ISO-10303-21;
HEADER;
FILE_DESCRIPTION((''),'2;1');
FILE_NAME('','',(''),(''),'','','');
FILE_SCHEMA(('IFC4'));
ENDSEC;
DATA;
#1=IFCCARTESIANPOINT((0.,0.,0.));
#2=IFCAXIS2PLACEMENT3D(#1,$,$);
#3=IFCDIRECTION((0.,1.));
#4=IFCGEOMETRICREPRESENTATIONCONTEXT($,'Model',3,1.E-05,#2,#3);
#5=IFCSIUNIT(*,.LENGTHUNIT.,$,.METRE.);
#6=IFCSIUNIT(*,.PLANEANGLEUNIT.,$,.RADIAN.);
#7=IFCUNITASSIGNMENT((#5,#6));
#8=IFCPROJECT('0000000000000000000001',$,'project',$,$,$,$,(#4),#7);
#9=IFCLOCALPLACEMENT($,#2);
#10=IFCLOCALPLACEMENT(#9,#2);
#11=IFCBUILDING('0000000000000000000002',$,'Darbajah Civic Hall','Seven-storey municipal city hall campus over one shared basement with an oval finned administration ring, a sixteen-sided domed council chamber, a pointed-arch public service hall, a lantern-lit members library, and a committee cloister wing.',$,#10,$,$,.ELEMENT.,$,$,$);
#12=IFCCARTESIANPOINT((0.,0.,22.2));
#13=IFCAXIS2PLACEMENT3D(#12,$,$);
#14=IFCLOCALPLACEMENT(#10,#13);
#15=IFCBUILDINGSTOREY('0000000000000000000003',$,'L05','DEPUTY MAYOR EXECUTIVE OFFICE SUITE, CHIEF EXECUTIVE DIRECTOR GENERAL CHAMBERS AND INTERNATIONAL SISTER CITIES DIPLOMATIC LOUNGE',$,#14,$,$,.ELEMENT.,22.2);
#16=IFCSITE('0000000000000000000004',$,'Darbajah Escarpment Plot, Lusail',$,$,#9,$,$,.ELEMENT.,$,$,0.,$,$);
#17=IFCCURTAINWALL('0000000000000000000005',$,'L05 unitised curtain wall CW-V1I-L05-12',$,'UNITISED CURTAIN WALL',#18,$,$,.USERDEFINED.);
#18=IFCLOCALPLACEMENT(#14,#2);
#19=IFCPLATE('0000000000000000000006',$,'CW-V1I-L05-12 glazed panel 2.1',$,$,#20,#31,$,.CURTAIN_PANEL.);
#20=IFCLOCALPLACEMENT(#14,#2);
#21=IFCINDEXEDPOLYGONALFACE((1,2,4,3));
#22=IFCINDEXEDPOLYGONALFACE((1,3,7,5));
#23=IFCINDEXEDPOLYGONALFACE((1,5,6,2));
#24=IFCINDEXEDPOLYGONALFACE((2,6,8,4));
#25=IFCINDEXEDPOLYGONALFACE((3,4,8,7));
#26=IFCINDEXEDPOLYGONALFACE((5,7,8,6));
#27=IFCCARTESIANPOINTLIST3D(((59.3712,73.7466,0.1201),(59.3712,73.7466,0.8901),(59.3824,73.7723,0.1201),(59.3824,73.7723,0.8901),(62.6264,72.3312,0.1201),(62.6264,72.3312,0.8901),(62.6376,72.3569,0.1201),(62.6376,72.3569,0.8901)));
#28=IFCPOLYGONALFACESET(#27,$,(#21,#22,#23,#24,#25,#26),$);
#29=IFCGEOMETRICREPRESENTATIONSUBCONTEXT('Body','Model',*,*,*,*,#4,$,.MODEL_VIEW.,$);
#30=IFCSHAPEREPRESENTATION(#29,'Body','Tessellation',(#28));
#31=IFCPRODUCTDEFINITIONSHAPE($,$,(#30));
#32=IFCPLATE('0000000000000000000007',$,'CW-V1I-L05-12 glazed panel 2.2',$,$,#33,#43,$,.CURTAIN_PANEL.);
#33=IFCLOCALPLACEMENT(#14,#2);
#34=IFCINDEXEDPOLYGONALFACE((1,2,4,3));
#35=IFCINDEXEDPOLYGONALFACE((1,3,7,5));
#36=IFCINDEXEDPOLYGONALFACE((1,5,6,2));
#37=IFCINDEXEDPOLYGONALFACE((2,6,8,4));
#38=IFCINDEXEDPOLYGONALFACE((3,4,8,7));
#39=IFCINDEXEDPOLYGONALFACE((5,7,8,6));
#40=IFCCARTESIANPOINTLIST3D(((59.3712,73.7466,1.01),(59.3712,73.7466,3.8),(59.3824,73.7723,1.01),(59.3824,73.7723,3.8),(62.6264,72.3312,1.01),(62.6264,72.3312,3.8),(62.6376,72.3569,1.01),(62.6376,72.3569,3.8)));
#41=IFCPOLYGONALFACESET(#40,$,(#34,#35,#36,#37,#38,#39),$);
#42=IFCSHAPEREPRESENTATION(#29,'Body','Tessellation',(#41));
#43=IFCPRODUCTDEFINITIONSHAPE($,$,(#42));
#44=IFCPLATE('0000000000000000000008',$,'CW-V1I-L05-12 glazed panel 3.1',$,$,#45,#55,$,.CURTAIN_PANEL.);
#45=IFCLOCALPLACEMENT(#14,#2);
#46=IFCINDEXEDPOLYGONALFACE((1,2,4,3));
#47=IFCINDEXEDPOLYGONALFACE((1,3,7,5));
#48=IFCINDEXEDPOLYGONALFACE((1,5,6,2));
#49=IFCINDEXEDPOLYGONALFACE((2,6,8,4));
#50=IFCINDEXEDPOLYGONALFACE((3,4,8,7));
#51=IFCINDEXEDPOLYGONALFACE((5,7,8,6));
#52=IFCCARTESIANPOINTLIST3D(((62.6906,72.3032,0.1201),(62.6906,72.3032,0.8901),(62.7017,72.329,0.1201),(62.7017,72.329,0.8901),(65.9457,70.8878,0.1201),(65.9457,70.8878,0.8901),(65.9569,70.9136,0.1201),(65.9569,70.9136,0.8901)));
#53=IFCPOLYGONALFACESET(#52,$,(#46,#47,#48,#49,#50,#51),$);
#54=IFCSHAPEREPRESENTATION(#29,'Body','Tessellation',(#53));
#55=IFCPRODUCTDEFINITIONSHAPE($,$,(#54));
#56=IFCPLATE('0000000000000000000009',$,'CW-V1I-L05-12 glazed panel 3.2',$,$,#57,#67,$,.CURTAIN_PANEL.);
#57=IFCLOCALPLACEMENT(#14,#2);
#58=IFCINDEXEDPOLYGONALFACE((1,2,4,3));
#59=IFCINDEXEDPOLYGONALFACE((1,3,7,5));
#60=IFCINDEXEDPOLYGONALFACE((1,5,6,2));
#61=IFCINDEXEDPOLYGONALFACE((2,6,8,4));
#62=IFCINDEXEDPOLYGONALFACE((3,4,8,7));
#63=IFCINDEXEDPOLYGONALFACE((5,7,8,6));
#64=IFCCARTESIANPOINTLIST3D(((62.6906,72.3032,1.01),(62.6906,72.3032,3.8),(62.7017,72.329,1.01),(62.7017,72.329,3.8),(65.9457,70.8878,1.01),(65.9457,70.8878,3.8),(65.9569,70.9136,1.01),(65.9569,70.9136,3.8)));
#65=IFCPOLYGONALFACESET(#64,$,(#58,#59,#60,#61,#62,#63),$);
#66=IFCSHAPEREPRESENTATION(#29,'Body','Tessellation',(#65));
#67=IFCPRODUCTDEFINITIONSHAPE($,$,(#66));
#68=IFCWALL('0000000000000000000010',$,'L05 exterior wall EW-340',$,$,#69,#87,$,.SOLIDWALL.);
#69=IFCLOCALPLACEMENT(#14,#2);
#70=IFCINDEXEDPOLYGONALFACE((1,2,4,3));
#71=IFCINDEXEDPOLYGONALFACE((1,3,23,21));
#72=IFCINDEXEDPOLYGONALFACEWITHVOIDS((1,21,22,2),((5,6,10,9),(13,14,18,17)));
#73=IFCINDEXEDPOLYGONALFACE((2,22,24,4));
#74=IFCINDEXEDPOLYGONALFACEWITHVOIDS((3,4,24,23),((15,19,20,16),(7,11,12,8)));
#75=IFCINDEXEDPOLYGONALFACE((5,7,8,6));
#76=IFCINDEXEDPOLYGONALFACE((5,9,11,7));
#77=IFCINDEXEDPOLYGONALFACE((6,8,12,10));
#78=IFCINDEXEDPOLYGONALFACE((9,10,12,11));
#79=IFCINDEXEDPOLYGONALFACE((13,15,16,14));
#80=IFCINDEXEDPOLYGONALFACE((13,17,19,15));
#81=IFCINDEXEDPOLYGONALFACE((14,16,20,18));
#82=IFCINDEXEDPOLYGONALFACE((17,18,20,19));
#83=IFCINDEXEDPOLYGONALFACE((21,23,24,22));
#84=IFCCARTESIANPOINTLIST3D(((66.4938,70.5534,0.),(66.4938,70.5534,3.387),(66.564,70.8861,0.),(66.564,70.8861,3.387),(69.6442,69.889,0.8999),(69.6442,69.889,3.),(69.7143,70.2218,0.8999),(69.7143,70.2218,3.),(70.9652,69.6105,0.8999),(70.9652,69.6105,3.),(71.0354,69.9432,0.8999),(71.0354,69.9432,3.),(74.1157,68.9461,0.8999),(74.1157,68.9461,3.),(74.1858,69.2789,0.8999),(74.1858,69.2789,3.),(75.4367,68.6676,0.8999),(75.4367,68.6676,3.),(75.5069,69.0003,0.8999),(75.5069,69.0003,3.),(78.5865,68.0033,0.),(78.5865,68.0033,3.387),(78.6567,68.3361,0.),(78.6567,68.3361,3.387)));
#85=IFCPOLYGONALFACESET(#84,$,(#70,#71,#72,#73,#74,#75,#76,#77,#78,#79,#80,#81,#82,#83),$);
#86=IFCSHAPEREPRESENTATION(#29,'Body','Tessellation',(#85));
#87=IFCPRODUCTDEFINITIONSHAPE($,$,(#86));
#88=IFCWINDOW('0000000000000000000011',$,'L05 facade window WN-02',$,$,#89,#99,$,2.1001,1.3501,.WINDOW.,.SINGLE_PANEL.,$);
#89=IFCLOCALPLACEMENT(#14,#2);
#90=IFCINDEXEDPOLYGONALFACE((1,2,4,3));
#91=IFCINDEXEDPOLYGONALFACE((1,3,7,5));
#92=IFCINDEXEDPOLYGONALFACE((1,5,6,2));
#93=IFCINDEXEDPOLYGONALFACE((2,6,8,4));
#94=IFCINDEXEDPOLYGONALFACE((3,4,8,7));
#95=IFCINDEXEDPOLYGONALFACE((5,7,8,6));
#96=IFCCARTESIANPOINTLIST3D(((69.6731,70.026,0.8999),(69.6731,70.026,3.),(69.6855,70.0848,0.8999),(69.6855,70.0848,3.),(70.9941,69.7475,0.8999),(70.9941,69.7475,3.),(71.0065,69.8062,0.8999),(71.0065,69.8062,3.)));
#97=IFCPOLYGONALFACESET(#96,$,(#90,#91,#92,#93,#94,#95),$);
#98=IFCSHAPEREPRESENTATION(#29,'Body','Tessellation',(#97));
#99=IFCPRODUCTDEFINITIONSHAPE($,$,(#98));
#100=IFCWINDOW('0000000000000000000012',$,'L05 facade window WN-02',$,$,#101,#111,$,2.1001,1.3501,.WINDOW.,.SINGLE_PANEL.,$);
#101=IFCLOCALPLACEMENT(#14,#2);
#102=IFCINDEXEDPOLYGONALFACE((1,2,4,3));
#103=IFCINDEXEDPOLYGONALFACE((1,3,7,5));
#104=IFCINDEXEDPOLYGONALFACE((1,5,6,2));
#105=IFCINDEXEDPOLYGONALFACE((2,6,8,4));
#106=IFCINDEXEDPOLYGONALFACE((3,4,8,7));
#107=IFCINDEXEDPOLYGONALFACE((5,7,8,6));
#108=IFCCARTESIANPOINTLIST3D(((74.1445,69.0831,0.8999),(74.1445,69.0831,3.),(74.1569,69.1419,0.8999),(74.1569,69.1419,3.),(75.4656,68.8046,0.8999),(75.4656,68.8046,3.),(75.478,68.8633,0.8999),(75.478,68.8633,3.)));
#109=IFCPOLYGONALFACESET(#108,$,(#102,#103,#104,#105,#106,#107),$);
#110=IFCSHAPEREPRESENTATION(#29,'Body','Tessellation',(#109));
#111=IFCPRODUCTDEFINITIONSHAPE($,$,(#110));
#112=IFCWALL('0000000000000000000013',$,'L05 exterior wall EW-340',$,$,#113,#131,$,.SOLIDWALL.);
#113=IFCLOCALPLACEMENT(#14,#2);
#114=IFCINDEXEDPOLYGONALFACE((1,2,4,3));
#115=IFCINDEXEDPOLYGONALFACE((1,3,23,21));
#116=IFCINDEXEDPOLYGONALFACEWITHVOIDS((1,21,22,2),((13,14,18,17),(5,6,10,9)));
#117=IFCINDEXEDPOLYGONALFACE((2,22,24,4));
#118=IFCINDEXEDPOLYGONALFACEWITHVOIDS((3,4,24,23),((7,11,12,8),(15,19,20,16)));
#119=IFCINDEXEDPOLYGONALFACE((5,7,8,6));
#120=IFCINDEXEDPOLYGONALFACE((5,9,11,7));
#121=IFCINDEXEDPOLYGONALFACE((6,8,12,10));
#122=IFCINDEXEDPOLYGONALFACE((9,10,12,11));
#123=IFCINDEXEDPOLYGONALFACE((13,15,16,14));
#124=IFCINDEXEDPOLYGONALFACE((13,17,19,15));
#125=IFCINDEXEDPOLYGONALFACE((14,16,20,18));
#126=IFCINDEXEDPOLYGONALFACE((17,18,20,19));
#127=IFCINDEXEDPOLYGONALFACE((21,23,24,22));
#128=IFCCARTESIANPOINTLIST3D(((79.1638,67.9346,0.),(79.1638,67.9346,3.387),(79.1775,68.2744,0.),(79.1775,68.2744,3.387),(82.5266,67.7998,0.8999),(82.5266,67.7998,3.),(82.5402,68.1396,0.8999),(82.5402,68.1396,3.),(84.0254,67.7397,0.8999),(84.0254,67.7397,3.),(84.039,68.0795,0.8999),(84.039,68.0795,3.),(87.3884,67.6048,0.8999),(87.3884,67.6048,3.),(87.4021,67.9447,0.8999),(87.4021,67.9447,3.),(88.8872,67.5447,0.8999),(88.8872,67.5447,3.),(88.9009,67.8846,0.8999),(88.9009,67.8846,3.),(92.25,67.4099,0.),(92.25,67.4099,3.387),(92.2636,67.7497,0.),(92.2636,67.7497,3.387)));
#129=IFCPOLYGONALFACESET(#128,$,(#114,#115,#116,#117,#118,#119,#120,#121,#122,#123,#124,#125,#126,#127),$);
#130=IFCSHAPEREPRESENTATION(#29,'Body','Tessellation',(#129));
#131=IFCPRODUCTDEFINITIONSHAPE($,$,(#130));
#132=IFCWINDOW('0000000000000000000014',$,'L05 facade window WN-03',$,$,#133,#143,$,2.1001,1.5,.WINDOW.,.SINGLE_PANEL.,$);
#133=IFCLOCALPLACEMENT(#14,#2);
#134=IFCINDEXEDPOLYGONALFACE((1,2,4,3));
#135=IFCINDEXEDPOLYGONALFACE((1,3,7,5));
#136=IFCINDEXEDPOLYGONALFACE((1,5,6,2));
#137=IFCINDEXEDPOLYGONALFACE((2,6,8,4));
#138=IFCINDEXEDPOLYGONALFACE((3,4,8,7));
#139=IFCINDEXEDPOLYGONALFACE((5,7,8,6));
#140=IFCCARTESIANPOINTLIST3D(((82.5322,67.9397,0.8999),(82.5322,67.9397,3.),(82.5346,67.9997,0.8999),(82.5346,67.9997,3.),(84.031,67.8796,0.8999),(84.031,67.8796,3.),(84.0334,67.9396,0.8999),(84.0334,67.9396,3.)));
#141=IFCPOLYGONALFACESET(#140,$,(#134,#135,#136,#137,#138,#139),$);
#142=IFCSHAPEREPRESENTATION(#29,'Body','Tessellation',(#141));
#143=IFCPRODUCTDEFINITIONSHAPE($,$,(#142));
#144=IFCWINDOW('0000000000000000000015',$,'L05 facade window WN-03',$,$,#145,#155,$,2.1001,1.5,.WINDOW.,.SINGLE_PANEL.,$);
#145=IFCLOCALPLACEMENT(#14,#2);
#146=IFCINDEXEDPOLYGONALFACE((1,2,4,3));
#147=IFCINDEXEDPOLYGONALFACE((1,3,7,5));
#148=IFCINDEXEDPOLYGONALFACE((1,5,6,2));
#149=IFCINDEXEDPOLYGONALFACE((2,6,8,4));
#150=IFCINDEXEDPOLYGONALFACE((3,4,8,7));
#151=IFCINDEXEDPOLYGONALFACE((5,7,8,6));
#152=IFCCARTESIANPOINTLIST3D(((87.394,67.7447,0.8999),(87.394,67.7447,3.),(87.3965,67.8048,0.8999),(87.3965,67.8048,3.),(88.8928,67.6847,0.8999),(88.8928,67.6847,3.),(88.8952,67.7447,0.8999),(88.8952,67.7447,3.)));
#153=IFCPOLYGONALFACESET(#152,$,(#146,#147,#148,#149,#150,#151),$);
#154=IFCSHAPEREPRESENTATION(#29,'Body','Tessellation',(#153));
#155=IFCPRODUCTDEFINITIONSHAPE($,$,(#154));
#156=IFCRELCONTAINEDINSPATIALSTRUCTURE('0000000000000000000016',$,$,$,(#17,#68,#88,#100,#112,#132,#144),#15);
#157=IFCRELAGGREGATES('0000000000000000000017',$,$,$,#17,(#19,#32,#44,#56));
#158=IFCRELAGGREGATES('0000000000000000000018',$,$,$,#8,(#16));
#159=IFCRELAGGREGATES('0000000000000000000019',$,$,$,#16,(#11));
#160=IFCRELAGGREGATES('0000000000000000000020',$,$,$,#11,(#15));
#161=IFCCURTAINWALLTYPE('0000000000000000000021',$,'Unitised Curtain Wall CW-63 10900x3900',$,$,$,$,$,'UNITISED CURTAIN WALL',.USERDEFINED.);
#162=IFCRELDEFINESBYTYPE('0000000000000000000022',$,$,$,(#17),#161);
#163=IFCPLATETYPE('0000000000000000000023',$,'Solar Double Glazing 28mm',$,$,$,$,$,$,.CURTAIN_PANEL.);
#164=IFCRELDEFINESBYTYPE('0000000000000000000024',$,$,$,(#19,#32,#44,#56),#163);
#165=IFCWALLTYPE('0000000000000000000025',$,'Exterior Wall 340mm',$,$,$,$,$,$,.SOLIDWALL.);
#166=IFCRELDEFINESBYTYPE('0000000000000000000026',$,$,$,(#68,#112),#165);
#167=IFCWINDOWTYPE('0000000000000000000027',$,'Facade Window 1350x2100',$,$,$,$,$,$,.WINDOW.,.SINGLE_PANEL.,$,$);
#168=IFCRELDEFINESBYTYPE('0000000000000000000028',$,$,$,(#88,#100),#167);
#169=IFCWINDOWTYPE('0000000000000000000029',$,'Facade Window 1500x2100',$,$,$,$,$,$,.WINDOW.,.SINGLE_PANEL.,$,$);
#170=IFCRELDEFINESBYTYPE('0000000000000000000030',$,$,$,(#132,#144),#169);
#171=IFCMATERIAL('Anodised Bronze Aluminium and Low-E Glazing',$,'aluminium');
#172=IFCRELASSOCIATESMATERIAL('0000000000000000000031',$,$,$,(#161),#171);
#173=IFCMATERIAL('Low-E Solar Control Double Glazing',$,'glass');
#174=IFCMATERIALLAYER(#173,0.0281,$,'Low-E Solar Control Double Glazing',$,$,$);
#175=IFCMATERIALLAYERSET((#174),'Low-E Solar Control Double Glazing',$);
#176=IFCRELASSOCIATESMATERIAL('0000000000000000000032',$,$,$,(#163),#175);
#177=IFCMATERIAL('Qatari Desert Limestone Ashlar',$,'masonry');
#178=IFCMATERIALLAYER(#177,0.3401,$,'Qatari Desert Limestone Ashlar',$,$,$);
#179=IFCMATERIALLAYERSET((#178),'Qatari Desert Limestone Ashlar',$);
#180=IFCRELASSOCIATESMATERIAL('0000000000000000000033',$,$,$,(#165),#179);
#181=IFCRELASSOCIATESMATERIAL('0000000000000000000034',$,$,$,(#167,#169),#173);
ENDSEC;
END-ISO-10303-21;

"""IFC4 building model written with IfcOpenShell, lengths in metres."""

from ifc_helpers import new_model, si_unit, direction, frame, frame_2d, origin, origin_2d, place, context, subcontext, project, spatial, rectangle, extrude, material, layer, layer_set, type_object, element, fill, aggregate, save


model = new_model("IFC4")

# Units and contexts
model_context = context("Model", 3, precision=1e-05, world=origin(), true_north=direction((0.0, 1.0)))
body_context = subcontext(model_context, "Body", "Model", "MODEL_VIEW")
ifc_project = project(units=[si_unit("LENGTHUNIT", "METRE"), si_unit("PLANEANGLEUNIT", "RADIAN")], contexts=[model_context])

# Site, building, storey
site_placement = place(None, origin())
site = spatial("IfcSite", under=ifc_project, at=site_placement, Name="Darbajah Escarpment Plot, Lusail", CompositionType="ELEMENT", RefElevation=0.0)
building_placement = place(site_placement, origin())
building = spatial("IfcBuilding", under=site, at=building_placement, Name="Darbajah Civic Hall", Description="Seven-storey municipal city hall campus over one shared basement with an oval finned administration ring, a sixteen-sided domed council chamber, a pointed-arch public service hall, a lantern-lit members library, and a committee cloister wing.", CompositionType="ELEMENT")
storey_placement = place(building_placement, frame((0.0, 0.0, 22.2)))
storey = spatial("IfcBuildingStorey", under=building, at=storey_placement, Name="L05", Description="DEPUTY MAYOR EXECUTIVE OFFICE SUITE, CHIEF EXECUTIVE DIRECTOR GENERAL CHAMBERS AND INTERNATIONAL SISTER CITIES DIPLOMATIC LOUNGE", CompositionType="ELEMENT", Elevation=22.2)

# Curtain wall
ifc_material_1 = material(Name="Anodised Bronze Aluminium and Low-E Glazing", Category="aluminium")
curtain_wall_type = type_object("IfcCurtainWallType", Name="Unitised Curtain Wall CW-63 10900x3900", ElementType="UNITISED CURTAIN WALL", PredefinedType="USERDEFINED", material=ifc_material_1)
curtain_wall_placement = place(storey_placement, origin())
curtain_wall = element("IfcCurtainWall", 1, at=curtain_wall_placement, inside=storey, type_object=curtain_wall_type, Name="L05 unitised curtain wall CW-V1I-L05-12", ObjectType="UNITISED CURTAIN WALL", PredefinedType="USERDEFINED")

# Plates
ifc_material_2 = material(Name="Low-E Solar Control Double Glazing", Category="glass")
ifc_layer_1 = layer(ifc_material_2, 0.0281, Name="Low-E Solar Control Double Glazing")
ifc_layer_set_1 = layer_set([ifc_layer_1], Name="Low-E Solar Control Double Glazing")
plate_type = type_object("IfcPlateType", Name="Solar Double Glazing 28mm", PredefinedType="CURTAIN_PANEL", material=ifc_layer_set_1)
plate_1_placement = place(storey_placement, frame((61.0044, 73.0518, 0.1201), z_axis=(0.0, 0.0, 1.0), x_axis=(0.91706, -0.398749, 0.0)))
plate_1 = element("IfcPlate", 2, at=plate_1_placement, type_object=plate_type, Name="CW-V1I-L05-12 glazed panel 2.1", PredefinedType="CURTAIN_PANEL", context=body_context, shape_type="SweptSolid", body=[
    extrude(rectangle(XDim=3.5496, YDim=0.0281, at=origin_2d()), origin(), (0.0, 0.0, 1.0), 0.77),
])
plate_2_placement = place(storey_placement, frame((61.0044, 73.0518, 1.01), z_axis=(0.0, 0.0, 1.0), x_axis=(0.91706, -0.398749, 0.0)))
plate_2 = element("IfcPlate", 3, at=plate_2_placement, type_object=plate_type, Name="CW-V1I-L05-12 glazed panel 2.2", PredefinedType="CURTAIN_PANEL", context=body_context, shape_type="SweptSolid", body=[
    extrude(rectangle(XDim=3.5496, YDim=0.0281, at=origin_2d()), origin(), (0.0, 0.0, 1.0), 2.79),
])
plate_3_placement = place(storey_placement, frame((64.3237, 71.6084, 0.1201), z_axis=(0.0, 0.0, 1.0), x_axis=(0.91706, -0.398749, 0.0)))
plate_3 = element("IfcPlate", 4, at=plate_3_placement, type_object=plate_type, Name="CW-V1I-L05-12 glazed panel 3.1", PredefinedType="CURTAIN_PANEL", context=body_context, shape_type="SweptSolid", body=[
    extrude(rectangle(XDim=3.5496, YDim=0.0281, at=origin_2d()), origin(), (0.0, 0.0, 1.0), 0.77),
])
plate_4_placement = place(storey_placement, frame((64.3237, 71.6084, 1.01), z_axis=(0.0, 0.0, 1.0), x_axis=(0.91706, -0.398749, 0.0)))
plate_4 = element("IfcPlate", 5, at=plate_4_placement, type_object=plate_type, Name="CW-V1I-L05-12 glazed panel 3.2", PredefinedType="CURTAIN_PANEL", context=body_context, shape_type="SweptSolid", body=[
    extrude(rectangle(XDim=3.5496, YDim=0.0281, at=origin_2d()), origin(), (0.0, 0.0, 1.0), 2.79),
])
aggregate(curtain_wall, [plate_1, plate_2, plate_3, plate_4])

# Walls, openings, windows
ifc_material_3 = material(Name="Qatari Desert Limestone Ashlar", Category="masonry")
ifc_layer_2 = layer(ifc_material_3, 0.3401, Name="Qatari Desert Limestone Ashlar")
ifc_layer_set_2 = layer_set([ifc_layer_2], Name="Qatari Desert Limestone Ashlar")
wall_type = type_object("IfcWallType", Name="Exterior Wall 340mm", PredefinedType="SOLIDWALL", material=ifc_layer_set_2)
wall_1_placement = place(storey_placement, frame((66.5291, 70.7197, 0.0), z_axis=(0.0, 0.0, 1.0), x_axis=(0.978481, -0.206336, 0.0)))
wall_1 = element("IfcWall", 6, at=wall_1_placement, inside=storey, type_object=wall_type, Name="L05 exterior wall EW-340", PredefinedType="SOLIDWALL", context=body_context, shape_type="SweptSolid", body=[
    extrude(rectangle(XDim=12.3586, YDim=0.3401, at=frame_2d((6.1792, 0.0))), origin(), (0.0, 0.0, 1.0), 3.387),
])
opening_1_placement = place(wall_1_placement, frame((3.2195, 0.0, 0.8999)))
opening_1 = element("IfcOpeningElement", 7, at=opening_1_placement, cuts=wall_1, PredefinedType="OPENING", context=body_context, shape_type="SweptSolid", body=[
    extrude(rectangle(XDim=1.3501, YDim=2.1001, at=frame_2d((0.675, 1.05))), frame((0.0, 0.1799, 0.0), z_axis=(0.0, -1.0, 0.0), x_axis=(1.0, 0.0, 0.0)), (0.0, 0.0, 1.0), 0.3601),
])
opening_2_placement = place(wall_1_placement, frame((7.7893, 0.0, 0.8999)))
opening_2 = element("IfcOpeningElement", 8, at=opening_2_placement, cuts=wall_1, PredefinedType="OPENING", context=body_context, shape_type="SweptSolid", body=[
    extrude(rectangle(XDim=1.3501, YDim=2.1001, at=frame_2d((0.675, 1.05))), frame((0.0, 0.1799, 0.0), z_axis=(0.0, -1.0, 0.0), x_axis=(1.0, 0.0, 0.0)), (0.0, 0.0, 1.0), 0.3601),
])
window_type_1 = type_object("IfcWindowType", Name="Facade Window 1350x2100", PartitioningType="SINGLE_PANEL", PredefinedType="WINDOW", material=ifc_material_2)
window_1_placement = place(opening_1_placement, origin())
window_1 = element("IfcWindow", 9, at=window_1_placement, inside=storey, type_object=window_type_1, Name="L05 facade window WN-02", OverallHeight=2.1001, OverallWidth=1.3501, PartitioningType="SINGLE_PANEL", PredefinedType="WINDOW", context=body_context, shape_type="SweptSolid", body=[
    extrude(rectangle(XDim=1.3501, YDim=2.1001, at=frame_2d((0.675, 1.05))), frame((0.0, 0.03, 0.0), z_axis=(0.0, -1.0, 0.0), x_axis=(1.0, 0.0, 0.0)), (0.0, 0.0, 1.0), 0.0601),
])
fill(opening_1, window_1)
window_2_placement = place(opening_2_placement, origin())
window_2 = element("IfcWindow", 10, at=window_2_placement, inside=storey, type_object=window_type_1, Name="L05 facade window WN-02", OverallHeight=2.1001, OverallWidth=1.3501, PartitioningType="SINGLE_PANEL", PredefinedType="WINDOW", context=body_context, shape_type="SweptSolid", body=[
    extrude(rectangle(XDim=1.3501, YDim=2.1001, at=frame_2d((0.675, 1.05))), frame((0.0, 0.03, 0.0), z_axis=(0.0, -1.0, 0.0), x_axis=(1.0, 0.0, 0.0)), (0.0, 0.0, 1.0), 0.0601),
])
fill(opening_2, window_2)
wall_2_placement = place(storey_placement, frame((79.1707, 68.1045, 0.0), z_axis=(0.0, 0.0, 1.0), x_axis=(0.999197, -0.04006, 0.0)))
wall_2 = element("IfcWall", 11, at=wall_2_placement, inside=storey, type_object=wall_type, Name="L05 exterior wall EW-340", PredefinedType="SOLIDWALL", context=body_context, shape_type="SweptSolid", body=[
    extrude(rectangle(XDim=13.0967, YDim=0.3401, at=frame_2d((6.5483, 0.0))), origin(), (0.0, 0.0, 1.0), 3.387),
])
opening_3_placement = place(wall_2_placement, frame((3.3655, 0.0, 0.8999)))
opening_3 = element("IfcOpeningElement", 12, at=opening_3_placement, cuts=wall_2, PredefinedType="OPENING", context=body_context, shape_type="SweptSolid", body=[
    extrude(rectangle(XDim=1.5, YDim=2.1001, at=frame_2d((0.75, 1.05))), frame((0.0, 0.1799, 0.0), z_axis=(0.0, -1.0, 0.0), x_axis=(1.0, 0.0, 0.0)), (0.0, 0.0, 1.0), 0.3601),
])
opening_4_placement = place(wall_2_placement, frame((8.2312, 0.0, 0.8999)))
opening_4 = element("IfcOpeningElement", 13, at=opening_4_placement, cuts=wall_2, PredefinedType="OPENING", context=body_context, shape_type="SweptSolid", body=[
    extrude(rectangle(XDim=1.5, YDim=2.1001, at=frame_2d((0.75, 1.05))), frame((0.0, 0.1799, 0.0), z_axis=(0.0, -1.0, 0.0), x_axis=(1.0, 0.0, 0.0)), (0.0, 0.0, 1.0), 0.3601),
])
window_type_2 = type_object("IfcWindowType", Name="Facade Window 1500x2100", PartitioningType="SINGLE_PANEL", PredefinedType="WINDOW", material=ifc_material_2)
window_3_placement = place(opening_3_placement, origin())
window_3 = element("IfcWindow", 14, at=window_3_placement, inside=storey, type_object=window_type_2, Name="L05 facade window WN-03", OverallHeight=2.1001, OverallWidth=1.5, PartitioningType="SINGLE_PANEL", PredefinedType="WINDOW", context=body_context, shape_type="SweptSolid", body=[
    extrude(rectangle(XDim=1.5, YDim=2.1001, at=frame_2d((0.75, 1.05))), frame((0.0, 0.03, 0.0), z_axis=(0.0, -1.0, 0.0), x_axis=(1.0, 0.0, 0.0)), (0.0, 0.0, 1.0), 0.0601),
])
fill(opening_3, window_3)
window_4_placement = place(opening_4_placement, origin())
window_4 = element("IfcWindow", 15, at=window_4_placement, inside=storey, type_object=window_type_2, Name="L05 facade window WN-03", OverallHeight=2.1001, OverallWidth=1.5, PartitioningType="SINGLE_PANEL", PredefinedType="WINDOW", context=body_context, shape_type="SweptSolid", body=[
    extrude(rectangle(XDim=1.5, YDim=2.1001, at=frame_2d((0.75, 1.05))), frame((0.0, 0.03, 0.0), z_axis=(0.0, -1.0, 0.0), x_axis=(1.0, 0.0, 0.0)), (0.0, 0.0, 1.0), 0.0601),
])
fill(opening_4, window_4)

save(model, "model.ifc")
